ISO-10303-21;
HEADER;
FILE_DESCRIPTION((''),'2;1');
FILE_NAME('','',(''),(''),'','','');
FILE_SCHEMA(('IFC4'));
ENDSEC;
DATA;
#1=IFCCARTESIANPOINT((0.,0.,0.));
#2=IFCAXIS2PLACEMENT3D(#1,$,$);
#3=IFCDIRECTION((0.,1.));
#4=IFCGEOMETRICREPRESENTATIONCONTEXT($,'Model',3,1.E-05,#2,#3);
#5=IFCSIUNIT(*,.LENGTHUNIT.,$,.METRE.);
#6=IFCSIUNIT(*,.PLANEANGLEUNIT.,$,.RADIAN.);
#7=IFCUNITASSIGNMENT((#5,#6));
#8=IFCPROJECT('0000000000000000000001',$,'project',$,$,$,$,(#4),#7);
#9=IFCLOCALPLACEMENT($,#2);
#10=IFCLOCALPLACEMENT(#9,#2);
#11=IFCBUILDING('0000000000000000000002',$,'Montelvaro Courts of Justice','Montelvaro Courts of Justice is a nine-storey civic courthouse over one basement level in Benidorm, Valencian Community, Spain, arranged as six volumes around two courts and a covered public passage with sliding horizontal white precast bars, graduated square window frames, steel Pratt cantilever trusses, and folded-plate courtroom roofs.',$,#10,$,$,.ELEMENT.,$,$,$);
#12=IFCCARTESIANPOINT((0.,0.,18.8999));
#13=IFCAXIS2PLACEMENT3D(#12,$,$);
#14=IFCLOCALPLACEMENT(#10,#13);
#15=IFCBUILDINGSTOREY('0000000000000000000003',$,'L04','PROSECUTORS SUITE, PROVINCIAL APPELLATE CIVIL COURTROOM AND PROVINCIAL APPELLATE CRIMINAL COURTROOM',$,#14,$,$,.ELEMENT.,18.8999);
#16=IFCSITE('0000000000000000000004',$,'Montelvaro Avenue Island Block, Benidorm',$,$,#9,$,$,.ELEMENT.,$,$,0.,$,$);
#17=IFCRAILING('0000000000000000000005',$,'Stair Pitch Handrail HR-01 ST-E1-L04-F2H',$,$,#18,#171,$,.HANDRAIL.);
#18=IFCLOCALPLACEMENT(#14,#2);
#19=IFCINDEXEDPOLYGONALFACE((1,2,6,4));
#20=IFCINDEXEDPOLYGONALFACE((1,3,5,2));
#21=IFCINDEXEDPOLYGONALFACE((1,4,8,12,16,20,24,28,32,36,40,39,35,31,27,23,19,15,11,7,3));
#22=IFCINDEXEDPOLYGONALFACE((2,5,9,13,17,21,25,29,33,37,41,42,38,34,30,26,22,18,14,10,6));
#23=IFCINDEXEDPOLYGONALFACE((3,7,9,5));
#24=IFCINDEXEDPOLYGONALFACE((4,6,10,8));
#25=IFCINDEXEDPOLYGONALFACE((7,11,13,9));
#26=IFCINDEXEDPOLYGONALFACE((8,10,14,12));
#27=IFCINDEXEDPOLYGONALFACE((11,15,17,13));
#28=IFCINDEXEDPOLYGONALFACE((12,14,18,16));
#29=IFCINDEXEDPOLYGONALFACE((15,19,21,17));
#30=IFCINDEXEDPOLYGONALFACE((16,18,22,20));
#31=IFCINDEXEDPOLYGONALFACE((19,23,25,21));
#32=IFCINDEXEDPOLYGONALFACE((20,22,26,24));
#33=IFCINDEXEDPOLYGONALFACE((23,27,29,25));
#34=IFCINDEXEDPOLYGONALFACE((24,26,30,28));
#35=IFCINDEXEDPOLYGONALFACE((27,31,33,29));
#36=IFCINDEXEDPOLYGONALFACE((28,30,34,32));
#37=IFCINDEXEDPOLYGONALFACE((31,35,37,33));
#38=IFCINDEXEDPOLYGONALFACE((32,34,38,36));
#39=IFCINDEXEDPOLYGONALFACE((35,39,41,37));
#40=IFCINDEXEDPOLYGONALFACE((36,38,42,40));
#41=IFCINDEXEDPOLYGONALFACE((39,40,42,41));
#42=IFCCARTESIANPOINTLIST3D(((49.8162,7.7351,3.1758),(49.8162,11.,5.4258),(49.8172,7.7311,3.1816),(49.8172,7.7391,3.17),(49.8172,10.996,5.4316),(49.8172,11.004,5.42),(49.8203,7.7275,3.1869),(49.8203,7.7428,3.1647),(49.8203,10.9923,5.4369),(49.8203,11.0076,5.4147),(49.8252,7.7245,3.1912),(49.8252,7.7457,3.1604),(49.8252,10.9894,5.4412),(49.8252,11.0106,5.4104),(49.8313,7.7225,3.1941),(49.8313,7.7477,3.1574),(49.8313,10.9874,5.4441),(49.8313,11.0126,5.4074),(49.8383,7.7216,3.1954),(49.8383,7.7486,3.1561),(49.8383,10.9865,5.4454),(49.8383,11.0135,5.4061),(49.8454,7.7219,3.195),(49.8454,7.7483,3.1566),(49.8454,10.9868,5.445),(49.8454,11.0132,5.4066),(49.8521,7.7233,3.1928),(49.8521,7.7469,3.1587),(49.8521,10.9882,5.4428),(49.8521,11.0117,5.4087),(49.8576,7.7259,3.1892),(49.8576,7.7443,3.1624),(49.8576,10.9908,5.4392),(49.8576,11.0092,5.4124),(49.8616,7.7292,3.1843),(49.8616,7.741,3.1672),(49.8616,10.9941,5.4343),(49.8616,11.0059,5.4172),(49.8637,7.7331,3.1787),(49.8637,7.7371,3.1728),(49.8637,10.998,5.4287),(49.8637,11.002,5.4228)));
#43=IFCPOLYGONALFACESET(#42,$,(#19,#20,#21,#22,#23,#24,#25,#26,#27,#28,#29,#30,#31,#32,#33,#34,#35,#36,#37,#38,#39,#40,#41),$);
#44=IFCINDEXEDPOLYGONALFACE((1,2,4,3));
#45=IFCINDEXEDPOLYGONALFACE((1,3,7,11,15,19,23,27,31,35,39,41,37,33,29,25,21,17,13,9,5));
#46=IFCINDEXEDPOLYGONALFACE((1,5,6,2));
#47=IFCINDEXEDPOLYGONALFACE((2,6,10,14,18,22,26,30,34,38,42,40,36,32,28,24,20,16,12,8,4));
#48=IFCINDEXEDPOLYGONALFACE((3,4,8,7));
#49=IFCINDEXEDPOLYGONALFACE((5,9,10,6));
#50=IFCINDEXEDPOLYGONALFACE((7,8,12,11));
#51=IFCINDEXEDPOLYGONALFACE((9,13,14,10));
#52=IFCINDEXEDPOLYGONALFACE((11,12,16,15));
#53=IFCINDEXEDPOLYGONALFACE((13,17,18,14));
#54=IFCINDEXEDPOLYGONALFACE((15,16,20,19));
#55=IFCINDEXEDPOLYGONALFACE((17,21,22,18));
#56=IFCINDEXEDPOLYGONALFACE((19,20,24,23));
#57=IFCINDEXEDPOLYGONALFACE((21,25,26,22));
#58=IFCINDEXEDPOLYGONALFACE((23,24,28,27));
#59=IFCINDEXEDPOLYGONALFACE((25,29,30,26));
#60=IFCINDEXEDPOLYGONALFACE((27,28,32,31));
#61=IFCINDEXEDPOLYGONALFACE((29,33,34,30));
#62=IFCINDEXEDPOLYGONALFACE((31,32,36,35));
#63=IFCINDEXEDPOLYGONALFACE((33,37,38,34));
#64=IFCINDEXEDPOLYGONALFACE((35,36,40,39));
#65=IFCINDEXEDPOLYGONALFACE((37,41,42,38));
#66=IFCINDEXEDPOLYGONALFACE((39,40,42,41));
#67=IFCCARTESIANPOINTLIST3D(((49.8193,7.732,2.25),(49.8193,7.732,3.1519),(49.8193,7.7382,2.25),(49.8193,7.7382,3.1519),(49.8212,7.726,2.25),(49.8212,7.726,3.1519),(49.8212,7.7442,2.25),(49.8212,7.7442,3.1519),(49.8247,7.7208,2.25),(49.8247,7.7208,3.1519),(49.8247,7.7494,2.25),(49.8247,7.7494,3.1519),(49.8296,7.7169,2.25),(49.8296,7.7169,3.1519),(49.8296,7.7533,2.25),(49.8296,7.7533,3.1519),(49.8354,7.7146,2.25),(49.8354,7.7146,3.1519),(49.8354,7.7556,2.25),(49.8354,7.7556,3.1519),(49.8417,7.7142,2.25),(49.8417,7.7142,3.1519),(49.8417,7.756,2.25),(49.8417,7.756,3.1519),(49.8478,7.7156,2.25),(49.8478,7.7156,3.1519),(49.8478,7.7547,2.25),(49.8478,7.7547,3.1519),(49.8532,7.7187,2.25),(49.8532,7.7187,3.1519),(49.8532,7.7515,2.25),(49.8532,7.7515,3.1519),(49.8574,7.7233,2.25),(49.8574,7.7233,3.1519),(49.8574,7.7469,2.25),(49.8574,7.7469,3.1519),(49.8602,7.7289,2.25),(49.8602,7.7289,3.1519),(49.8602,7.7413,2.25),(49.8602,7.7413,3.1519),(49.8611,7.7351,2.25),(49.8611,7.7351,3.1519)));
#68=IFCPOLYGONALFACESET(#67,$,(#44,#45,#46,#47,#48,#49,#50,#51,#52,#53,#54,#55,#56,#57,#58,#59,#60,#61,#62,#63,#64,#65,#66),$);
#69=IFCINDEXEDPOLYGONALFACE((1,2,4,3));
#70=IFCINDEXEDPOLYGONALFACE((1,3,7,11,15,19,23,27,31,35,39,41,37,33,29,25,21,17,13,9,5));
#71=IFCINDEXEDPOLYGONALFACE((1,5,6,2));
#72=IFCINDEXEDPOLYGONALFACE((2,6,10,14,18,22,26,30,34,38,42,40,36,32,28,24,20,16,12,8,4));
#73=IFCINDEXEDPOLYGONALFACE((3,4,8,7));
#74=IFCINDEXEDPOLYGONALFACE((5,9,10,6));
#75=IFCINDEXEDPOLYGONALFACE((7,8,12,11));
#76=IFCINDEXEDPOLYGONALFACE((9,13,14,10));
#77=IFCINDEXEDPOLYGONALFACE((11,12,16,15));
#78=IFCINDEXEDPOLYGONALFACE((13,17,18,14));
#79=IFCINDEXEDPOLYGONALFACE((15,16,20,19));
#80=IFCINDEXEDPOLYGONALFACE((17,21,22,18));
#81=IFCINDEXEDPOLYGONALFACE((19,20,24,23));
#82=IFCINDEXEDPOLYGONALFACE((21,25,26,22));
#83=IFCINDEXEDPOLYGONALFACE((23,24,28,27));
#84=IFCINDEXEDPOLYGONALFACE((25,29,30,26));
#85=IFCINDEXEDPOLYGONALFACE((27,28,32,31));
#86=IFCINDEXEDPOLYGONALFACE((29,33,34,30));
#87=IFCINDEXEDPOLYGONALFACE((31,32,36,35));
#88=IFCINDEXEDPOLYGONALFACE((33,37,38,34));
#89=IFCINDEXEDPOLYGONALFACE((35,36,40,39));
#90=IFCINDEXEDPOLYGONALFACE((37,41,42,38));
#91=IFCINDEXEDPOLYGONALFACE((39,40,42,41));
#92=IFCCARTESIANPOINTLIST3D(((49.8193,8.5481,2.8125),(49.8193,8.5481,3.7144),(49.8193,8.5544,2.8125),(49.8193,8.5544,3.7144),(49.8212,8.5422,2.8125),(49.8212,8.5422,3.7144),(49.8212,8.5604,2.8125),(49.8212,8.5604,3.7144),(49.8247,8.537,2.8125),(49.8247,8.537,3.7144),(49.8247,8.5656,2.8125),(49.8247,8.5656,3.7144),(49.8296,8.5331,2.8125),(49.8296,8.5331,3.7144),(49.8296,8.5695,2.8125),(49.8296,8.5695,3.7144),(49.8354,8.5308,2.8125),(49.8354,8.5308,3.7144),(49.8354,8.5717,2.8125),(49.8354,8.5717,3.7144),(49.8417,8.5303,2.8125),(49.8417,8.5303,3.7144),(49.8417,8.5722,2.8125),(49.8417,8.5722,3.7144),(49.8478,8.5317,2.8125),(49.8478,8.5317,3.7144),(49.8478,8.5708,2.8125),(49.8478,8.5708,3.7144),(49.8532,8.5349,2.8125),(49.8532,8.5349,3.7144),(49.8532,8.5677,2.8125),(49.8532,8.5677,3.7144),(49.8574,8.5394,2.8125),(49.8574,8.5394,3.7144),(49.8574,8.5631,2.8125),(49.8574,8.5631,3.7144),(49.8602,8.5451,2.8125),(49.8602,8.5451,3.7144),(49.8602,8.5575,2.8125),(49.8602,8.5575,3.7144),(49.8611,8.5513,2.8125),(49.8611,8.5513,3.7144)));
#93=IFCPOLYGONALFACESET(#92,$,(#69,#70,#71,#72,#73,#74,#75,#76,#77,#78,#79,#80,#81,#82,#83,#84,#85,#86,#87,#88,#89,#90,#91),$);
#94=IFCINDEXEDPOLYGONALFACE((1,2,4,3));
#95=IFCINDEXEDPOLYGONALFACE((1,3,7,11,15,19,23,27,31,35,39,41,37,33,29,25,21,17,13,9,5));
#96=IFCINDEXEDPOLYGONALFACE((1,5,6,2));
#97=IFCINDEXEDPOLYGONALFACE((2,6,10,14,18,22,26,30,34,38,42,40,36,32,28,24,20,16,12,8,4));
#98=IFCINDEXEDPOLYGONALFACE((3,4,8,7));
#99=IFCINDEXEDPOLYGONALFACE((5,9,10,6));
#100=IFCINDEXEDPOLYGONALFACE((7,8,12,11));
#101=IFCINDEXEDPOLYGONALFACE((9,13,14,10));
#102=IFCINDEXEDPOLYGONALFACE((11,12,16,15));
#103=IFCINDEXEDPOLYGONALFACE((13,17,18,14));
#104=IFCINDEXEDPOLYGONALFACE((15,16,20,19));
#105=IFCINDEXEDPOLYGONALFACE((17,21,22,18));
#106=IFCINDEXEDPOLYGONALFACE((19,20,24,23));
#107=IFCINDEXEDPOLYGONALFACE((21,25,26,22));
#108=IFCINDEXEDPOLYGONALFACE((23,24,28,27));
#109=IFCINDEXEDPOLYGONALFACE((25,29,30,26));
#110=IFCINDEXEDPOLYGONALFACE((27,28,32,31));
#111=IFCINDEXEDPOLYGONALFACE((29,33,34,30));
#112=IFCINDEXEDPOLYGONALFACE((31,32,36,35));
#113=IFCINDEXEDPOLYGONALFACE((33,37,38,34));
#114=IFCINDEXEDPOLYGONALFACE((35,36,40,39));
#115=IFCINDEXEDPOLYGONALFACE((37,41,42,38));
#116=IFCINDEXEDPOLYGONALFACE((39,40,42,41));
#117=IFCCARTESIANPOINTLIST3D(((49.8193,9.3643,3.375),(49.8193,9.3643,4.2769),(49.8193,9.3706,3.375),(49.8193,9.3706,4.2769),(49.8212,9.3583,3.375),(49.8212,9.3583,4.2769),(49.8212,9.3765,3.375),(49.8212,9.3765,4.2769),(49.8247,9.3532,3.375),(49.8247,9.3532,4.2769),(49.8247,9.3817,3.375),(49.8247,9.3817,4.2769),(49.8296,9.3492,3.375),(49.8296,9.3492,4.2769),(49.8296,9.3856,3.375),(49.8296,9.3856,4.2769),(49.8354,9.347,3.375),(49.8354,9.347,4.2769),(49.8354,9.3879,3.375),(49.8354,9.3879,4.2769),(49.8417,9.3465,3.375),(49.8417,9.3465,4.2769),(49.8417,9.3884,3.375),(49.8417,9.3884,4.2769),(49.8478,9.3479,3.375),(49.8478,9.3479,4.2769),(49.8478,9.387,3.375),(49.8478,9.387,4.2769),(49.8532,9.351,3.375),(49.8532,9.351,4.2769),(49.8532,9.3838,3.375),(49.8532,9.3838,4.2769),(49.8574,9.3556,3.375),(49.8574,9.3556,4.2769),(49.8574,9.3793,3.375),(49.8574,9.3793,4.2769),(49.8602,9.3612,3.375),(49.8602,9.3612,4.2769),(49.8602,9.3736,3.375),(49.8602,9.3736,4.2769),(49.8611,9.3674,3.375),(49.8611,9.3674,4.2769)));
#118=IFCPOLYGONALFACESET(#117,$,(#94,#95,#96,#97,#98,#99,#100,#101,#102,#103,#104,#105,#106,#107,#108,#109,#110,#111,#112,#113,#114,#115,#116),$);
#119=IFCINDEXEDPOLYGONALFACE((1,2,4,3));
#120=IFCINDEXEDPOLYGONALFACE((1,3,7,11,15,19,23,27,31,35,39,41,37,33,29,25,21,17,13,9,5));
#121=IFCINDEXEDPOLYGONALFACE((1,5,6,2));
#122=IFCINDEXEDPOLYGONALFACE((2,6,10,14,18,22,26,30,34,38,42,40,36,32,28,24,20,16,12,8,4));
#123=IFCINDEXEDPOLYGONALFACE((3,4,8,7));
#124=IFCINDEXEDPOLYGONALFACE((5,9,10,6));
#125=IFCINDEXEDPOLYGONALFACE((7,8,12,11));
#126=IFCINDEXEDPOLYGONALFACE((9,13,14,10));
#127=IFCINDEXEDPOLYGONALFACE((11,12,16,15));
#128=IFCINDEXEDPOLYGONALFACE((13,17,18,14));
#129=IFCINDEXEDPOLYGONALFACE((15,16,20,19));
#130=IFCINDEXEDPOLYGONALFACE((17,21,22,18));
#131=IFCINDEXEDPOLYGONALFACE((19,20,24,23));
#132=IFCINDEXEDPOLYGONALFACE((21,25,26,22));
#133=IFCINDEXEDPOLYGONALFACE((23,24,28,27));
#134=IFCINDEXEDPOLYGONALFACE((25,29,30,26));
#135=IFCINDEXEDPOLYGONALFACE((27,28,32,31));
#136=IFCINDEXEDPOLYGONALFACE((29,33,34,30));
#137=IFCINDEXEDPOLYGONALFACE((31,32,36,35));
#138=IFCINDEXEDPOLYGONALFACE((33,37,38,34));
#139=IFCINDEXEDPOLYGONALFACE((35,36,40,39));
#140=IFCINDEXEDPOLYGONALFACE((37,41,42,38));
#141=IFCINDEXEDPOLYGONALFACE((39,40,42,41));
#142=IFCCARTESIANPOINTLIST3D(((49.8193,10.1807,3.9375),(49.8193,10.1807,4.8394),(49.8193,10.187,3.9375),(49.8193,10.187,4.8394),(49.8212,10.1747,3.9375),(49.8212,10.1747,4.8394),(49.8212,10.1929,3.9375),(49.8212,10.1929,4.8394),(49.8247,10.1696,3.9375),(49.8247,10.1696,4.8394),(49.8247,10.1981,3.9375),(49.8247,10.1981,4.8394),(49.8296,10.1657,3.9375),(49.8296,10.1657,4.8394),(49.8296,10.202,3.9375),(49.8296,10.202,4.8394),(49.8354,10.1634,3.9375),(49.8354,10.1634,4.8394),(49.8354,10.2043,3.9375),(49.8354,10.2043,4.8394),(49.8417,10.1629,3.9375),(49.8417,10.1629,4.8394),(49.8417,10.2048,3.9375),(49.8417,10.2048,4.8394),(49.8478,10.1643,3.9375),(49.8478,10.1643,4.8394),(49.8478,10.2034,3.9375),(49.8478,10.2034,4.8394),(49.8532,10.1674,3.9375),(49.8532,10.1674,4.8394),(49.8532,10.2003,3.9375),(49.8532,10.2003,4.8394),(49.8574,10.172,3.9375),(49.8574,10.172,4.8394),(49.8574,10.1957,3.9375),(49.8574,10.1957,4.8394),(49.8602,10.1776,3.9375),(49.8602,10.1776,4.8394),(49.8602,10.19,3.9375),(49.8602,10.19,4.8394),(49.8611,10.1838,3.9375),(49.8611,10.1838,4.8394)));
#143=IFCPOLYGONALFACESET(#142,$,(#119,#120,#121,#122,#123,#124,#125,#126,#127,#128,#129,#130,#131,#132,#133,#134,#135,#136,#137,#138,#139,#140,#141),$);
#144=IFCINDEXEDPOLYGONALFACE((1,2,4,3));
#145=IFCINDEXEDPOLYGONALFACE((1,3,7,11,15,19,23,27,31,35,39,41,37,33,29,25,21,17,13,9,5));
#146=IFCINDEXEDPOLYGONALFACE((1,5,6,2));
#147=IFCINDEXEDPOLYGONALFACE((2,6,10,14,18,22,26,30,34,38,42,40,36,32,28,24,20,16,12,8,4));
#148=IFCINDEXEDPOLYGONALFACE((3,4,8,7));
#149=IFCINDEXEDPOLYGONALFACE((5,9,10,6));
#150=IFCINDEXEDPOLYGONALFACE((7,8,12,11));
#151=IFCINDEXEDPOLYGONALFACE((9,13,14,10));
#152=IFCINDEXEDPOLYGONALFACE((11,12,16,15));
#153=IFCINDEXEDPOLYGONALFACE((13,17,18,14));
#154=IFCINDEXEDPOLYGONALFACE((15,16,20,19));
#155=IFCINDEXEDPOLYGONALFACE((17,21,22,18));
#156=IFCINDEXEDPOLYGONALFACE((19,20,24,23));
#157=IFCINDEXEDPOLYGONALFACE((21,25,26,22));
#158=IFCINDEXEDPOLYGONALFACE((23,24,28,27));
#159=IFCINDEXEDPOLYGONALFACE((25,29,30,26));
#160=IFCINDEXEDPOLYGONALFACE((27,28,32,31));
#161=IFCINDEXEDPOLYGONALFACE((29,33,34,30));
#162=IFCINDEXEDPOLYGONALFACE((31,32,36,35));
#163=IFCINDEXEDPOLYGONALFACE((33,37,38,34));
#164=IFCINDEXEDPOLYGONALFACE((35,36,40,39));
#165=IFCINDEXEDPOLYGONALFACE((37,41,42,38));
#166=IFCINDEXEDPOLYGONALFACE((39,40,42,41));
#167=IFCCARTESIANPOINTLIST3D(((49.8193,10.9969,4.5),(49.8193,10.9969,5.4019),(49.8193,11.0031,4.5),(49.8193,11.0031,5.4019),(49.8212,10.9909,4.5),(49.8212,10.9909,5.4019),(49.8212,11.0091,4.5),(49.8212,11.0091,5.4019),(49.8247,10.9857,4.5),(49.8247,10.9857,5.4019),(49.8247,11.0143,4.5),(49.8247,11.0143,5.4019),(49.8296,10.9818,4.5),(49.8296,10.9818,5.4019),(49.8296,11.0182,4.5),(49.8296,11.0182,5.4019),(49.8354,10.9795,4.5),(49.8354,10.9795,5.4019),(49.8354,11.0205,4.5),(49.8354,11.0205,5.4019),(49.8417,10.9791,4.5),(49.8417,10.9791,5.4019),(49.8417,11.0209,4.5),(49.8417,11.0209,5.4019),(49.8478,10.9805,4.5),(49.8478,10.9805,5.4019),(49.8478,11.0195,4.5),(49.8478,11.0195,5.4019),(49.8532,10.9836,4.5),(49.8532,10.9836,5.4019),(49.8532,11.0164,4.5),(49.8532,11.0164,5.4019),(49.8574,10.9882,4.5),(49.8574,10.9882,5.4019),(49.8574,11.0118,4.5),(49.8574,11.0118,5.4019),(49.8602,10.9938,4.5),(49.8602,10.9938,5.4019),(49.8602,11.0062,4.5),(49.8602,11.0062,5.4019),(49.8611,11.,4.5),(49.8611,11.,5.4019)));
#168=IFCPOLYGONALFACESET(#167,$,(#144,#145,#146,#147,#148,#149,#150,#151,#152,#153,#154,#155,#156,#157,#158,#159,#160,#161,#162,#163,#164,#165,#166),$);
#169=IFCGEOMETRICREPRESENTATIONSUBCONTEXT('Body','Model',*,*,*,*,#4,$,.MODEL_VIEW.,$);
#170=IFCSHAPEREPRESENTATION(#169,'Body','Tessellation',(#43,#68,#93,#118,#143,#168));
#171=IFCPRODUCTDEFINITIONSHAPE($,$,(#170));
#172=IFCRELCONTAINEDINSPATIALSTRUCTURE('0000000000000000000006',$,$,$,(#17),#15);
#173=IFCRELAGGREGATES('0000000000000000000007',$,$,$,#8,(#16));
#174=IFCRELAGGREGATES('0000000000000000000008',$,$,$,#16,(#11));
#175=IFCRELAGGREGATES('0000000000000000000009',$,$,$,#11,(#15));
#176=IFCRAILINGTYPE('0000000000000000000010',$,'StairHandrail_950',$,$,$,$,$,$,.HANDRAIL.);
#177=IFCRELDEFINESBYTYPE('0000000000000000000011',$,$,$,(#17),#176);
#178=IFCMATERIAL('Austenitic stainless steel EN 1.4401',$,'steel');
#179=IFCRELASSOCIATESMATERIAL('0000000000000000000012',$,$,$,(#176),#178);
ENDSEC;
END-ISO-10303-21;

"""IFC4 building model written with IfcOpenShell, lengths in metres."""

from ifc_helpers import new_model, si_unit, direction, frame, origin, origin_2d, place, context, subcontext, project, spatial, circle, extrude, material, type_object, element, save


model = new_model("IFC4")

# Units and contexts
model_context = context("Model", 3, precision=1e-05, world=origin(), true_north=direction((0.0, 1.0)))
body_context = subcontext(model_context, "Body", "Model", "MODEL_VIEW")
ifc_project = project(units=[si_unit("LENGTHUNIT", "METRE"), si_unit("PLANEANGLEUNIT", "RADIAN")], contexts=[model_context])

# Site, building, storey
site_placement = place(None, origin())
site = spatial("IfcSite", under=ifc_project, at=site_placement, Name="Montelvaro Avenue Island Block, Benidorm", CompositionType="ELEMENT", RefElevation=0.0)
building_placement = place(site_placement, origin())
building = spatial("IfcBuilding", under=site, at=building_placement, Name="Montelvaro Courts of Justice", Description="Montelvaro Courts of Justice is a nine-storey civic courthouse over one basement level in Benidorm, Valencian Community, Spain, arranged as six volumes around two courts and a covered public passage with sliding horizontal white precast bars, graduated square window frames, steel Pratt cantilever trusses, and folded-plate courtroom roofs.", CompositionType="ELEMENT")
storey_placement = place(building_placement, frame((0.0, 0.0, 18.8999)))
storey = spatial("IfcBuildingStorey", under=building, at=storey_placement, Name="L04", Description="PROSECUTORS SUITE, PROVINCIAL APPELLATE CIVIL COURTROOM AND PROVINCIAL APPELLATE CRIMINAL COURTROOM", CompositionType="ELEMENT", Elevation=18.8999)

# Railing
ifc_material_1 = material(Name="Austenitic stainless steel EN 1.4401", Category="steel")
railing_type_1 = type_object("IfcRailingType", Name="StairHandrail_950", PredefinedType="HANDRAIL", material=ifc_material_1)
railing_1_placement = place(storey_placement, frame((49.8401, 7.7351, 2.25)))
element("IfcRailing", 1, at=railing_1_placement, inside=storey, type_object=railing_type_1, Name="Stair Pitch Handrail HR-01 ST-E1-L04-F2H", PredefinedType="HANDRAIL", context=body_context, shape_type="SweptSolid", body=[
    extrude(circle(Radius=0.0239, at=origin_2d()), frame((0.0, 0.0, 0.9258), z_axis=(0.0, 0.823407, 0.567451), x_axis=(-1.0, 0.0, 0.0)), (0.0, 0.0, 1.0), 3.9651),
    extrude(circle(Radius=0.021, at=origin_2d()), origin(), (0.0, 0.0, 1.0), 0.9019),
    extrude(circle(Radius=0.021, at=origin_2d()), frame((0.0, 0.8162, 0.5625)), (0.0, 0.0, 1.0), 0.9019),
    extrude(circle(Radius=0.021, at=origin_2d()), frame((0.0, 1.6323, 1.125)), (0.0, 0.0, 1.0), 0.9019),
    extrude(circle(Radius=0.021, at=origin_2d()), frame((0.0, 2.4487, 1.6875)), (0.0, 0.0, 1.0), 0.9019),
    extrude(circle(Radius=0.021, at=origin_2d()), frame((0.0, 3.2649, 2.25)), (0.0, 0.0, 1.0), 0.9019),
])

save(model, "model.ifc")
